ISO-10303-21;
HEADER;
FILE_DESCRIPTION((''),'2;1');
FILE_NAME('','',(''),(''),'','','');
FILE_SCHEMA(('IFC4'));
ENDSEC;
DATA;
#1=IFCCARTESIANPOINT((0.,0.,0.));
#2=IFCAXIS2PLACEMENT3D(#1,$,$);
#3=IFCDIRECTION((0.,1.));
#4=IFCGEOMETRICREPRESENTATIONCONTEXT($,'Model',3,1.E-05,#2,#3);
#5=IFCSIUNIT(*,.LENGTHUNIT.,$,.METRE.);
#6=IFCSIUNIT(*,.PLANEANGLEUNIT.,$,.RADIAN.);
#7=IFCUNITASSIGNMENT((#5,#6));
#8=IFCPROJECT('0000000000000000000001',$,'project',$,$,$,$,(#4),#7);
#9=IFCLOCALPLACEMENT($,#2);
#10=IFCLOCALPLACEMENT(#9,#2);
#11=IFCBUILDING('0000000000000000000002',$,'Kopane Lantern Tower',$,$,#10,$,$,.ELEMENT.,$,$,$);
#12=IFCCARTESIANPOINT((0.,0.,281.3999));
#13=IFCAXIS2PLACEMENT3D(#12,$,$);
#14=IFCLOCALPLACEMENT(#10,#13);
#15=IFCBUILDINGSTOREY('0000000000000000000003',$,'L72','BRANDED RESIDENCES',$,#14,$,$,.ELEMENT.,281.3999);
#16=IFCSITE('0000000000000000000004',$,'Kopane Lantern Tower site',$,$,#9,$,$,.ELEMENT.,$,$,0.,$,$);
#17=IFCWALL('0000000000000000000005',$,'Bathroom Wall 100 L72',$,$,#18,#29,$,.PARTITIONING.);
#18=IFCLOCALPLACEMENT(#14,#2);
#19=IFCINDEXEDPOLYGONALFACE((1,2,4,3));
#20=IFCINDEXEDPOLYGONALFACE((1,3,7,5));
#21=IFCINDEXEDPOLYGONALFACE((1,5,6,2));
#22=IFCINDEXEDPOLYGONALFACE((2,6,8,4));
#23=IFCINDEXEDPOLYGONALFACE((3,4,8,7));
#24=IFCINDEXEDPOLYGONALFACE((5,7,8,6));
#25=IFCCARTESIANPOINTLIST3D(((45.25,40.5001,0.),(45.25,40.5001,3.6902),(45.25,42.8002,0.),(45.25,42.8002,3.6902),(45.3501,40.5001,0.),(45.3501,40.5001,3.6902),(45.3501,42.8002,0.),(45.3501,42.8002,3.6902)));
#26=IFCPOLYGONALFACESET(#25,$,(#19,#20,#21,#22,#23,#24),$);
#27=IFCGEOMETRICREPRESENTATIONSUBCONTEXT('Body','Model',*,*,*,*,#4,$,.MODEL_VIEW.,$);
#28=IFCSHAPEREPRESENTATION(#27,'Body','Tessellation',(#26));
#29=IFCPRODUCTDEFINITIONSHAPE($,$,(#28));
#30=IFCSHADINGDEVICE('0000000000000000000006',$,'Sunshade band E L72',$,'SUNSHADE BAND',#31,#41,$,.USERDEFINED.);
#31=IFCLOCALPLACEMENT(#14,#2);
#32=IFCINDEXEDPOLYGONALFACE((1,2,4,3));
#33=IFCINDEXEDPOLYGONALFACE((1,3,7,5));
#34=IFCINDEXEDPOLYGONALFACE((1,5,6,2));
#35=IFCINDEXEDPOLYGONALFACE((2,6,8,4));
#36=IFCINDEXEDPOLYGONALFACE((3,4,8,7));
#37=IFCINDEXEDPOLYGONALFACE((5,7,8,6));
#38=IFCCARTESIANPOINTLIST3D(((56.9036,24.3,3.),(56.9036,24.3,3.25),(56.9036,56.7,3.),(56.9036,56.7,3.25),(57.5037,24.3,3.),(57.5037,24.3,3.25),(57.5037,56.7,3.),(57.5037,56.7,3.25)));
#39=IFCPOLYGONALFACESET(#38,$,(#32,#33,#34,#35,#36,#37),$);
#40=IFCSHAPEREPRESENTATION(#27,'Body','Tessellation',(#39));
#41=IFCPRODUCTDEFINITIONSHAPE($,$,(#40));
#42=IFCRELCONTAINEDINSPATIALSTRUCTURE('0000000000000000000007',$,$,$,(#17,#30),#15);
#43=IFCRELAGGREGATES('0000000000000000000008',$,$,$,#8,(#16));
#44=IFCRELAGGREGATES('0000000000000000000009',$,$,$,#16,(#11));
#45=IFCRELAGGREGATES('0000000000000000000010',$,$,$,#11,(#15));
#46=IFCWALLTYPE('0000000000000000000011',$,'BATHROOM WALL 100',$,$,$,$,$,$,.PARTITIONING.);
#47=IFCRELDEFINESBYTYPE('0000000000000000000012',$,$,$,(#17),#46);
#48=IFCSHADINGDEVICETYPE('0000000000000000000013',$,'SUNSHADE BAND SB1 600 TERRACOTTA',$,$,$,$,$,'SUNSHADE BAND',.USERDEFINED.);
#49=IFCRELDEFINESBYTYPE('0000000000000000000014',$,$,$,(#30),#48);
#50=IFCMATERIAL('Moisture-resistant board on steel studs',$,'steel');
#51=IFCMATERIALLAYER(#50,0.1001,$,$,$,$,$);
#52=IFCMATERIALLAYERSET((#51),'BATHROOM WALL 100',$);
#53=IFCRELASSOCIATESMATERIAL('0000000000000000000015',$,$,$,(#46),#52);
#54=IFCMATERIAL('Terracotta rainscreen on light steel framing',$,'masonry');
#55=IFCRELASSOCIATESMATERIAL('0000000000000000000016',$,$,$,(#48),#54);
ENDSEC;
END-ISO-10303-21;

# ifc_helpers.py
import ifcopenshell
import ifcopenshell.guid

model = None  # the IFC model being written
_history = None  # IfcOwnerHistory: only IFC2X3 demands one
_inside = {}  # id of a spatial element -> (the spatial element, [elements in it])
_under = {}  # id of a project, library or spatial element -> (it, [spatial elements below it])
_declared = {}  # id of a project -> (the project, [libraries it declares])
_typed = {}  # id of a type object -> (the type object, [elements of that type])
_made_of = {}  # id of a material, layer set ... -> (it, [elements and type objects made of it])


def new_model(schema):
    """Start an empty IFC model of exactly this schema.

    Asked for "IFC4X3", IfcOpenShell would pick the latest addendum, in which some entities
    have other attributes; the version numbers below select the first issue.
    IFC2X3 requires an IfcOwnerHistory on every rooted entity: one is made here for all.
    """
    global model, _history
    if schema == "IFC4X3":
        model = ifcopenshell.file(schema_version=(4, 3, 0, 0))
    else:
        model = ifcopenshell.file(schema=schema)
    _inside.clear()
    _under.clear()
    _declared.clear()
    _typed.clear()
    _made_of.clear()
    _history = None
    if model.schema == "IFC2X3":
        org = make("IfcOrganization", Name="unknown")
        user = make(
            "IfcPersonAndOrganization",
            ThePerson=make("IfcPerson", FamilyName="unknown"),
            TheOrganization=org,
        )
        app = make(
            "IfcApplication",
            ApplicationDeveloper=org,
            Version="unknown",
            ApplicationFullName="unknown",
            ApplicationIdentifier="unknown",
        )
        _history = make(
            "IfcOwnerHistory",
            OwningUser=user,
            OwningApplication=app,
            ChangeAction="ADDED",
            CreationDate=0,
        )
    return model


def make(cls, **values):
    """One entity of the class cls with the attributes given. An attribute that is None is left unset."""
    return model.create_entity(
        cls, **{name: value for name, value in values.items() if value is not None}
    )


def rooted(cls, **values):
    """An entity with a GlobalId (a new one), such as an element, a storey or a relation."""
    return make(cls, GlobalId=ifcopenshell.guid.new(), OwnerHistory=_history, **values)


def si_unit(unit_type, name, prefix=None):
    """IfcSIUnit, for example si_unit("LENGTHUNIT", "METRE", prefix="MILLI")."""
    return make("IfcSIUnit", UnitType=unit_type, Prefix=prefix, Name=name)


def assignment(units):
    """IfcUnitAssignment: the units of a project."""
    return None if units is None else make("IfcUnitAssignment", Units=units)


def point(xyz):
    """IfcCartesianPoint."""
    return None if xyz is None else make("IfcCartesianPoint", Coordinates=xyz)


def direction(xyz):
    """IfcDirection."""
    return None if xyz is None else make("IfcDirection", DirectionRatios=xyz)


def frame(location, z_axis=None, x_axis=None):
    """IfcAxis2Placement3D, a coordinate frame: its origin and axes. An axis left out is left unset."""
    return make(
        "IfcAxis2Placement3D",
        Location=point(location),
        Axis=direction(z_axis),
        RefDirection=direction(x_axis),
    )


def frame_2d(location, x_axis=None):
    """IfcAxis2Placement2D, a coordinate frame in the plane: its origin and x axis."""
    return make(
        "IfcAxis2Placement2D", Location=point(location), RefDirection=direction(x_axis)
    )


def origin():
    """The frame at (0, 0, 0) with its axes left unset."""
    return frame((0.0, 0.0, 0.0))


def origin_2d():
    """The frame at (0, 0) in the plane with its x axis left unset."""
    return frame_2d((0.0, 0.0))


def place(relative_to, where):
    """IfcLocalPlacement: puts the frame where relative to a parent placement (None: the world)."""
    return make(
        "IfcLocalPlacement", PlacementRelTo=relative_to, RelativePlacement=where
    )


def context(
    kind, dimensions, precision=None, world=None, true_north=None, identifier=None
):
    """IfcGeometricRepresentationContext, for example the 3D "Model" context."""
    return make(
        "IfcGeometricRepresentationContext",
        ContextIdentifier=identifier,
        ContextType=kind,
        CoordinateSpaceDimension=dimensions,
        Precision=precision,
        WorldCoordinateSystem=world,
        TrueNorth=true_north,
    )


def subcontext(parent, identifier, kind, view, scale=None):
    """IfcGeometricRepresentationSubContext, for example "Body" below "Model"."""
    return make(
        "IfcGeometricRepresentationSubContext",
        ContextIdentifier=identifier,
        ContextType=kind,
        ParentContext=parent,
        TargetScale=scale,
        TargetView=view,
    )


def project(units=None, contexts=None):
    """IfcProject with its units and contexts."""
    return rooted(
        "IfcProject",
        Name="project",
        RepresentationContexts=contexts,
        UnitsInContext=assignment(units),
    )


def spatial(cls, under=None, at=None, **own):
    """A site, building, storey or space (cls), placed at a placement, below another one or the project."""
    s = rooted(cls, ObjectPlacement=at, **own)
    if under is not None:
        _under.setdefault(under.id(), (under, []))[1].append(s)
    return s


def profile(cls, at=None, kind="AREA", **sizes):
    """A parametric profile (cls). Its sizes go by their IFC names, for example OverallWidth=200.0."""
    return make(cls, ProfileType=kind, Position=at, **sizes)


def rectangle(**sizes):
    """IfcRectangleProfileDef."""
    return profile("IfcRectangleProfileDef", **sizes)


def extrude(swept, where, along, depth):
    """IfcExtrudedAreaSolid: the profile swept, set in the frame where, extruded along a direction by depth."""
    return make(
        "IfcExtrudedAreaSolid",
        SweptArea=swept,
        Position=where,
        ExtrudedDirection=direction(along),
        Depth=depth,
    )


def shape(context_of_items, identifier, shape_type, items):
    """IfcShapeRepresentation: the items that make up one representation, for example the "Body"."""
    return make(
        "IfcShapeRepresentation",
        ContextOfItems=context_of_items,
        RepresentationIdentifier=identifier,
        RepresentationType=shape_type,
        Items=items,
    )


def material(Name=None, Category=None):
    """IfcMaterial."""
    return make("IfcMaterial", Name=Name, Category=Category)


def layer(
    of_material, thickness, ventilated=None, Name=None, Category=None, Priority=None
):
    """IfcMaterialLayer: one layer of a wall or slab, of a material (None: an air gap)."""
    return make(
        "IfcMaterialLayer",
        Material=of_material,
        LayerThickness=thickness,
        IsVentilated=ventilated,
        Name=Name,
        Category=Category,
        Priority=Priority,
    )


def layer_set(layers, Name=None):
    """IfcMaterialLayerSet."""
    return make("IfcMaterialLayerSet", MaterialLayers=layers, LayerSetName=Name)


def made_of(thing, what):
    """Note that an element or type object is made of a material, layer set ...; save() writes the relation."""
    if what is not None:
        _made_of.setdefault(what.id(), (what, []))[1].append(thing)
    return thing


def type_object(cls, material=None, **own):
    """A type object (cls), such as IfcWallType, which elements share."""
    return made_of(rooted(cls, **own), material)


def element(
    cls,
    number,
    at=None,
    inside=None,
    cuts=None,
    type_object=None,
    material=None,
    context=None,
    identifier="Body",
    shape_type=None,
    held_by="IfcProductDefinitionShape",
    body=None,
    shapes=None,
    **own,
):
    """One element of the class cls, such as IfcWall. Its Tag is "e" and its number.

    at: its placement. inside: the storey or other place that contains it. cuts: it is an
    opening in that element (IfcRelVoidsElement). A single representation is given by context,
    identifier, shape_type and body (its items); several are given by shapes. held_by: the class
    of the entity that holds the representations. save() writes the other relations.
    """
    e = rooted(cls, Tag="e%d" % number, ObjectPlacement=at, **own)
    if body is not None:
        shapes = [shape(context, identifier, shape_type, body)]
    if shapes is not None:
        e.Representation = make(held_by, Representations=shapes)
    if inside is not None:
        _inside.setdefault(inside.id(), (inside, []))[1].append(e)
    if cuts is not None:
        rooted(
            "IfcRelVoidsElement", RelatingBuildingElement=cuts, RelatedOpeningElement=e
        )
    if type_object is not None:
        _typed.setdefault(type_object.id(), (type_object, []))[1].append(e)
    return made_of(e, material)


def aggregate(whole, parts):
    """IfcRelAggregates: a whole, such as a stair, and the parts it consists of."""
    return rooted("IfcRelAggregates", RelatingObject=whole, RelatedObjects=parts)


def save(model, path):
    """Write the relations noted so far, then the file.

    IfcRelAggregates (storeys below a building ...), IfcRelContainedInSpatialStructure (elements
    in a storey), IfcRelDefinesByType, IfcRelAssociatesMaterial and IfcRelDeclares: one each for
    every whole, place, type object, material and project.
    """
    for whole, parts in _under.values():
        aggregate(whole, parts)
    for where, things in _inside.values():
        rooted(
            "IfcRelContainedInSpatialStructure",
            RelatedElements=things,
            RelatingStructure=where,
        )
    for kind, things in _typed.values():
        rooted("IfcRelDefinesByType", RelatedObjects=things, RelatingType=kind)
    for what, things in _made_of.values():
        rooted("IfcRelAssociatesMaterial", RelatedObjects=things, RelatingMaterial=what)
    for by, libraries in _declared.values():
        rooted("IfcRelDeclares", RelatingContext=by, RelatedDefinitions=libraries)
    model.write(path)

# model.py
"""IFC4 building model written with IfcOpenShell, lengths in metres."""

from ifc_helpers import new_model, si_unit, direction, frame, frame_2d, origin, origin_2d, place, context, subcontext, project, spatial, rectangle, extrude, material, layer, layer_set, type_object, element, save


model = new_model("IFC4")

# Units and contexts
model_context = context("Model", 3, precision=1e-05, world=origin(), true_north=direction((0.0, 1.0)))
body_context = subcontext(model_context, "Body", "Model", "MODEL_VIEW")
ifc_project = project(units=[si_unit("LENGTHUNIT", "METRE"), si_unit("PLANEANGLEUNIT", "RADIAN")], contexts=[model_context])

# Site, building, storey
site_placement = place(None, origin())
site = spatial("IfcSite", under=ifc_project, at=site_placement, Name="Kopane Lantern Tower site", CompositionType="ELEMENT", RefElevation=0.0)
building_placement = place(site_placement, origin())
building = spatial("IfcBuilding", under=site, at=building_placement, Name="Kopane Lantern Tower", CompositionType="ELEMENT")
storey_placement = place(building_placement, frame((0.0, 0.0, 281.3999)))
storey = spatial("IfcBuildingStorey", under=building, at=storey_placement, Name="L72", Description="BRANDED RESIDENCES", CompositionType="ELEMENT", Elevation=281.3999)

# Shared definitions
ifc_material_1 = material(Name="Moisture-resistant board on steel studs", Category="steel")
ifc_layer_1 = layer(ifc_material_1, 0.1001)
ifc_layer_set_1 = layer_set([ifc_layer_1], Name="BATHROOM WALL 100")
wall_type_1 = type_object("IfcWallType", Name="BATHROOM WALL 100", PredefinedType="PARTITIONING", material=ifc_layer_set_1)

# Wall
wall_1_placement = place(storey_placement, frame((45.3, 42.8, 0.0), z_axis=(0.0, 0.0, 1.0), x_axis=(0.0, -1.0, 0.0)))
element("IfcWall", 1, at=wall_1_placement, inside=storey, type_object=wall_type_1, Name="Bathroom Wall 100 L72", PredefinedType="PARTITIONING", context=body_context, shape_type="SweptSolid", body=[
    extrude(rectangle(XDim=2.3, YDim=0.1001, at=frame_2d((1.1499, 0.0))), origin(), (0.0, 0.0, 1.0), 3.6902),
])

# Shading device
ifc_material_2 = material(Name="Terracotta rainscreen on light steel framing", Category="masonry")
shading_device_type = type_object("IfcShadingDeviceType", Name="SUNSHADE BAND SB1 600 TERRACOTTA", ElementType="SUNSHADE BAND", PredefinedType="USERDEFINED", material=ifc_material_2)
shading_device_placement = place(storey_placement, frame((57.2036, 40.5, 3.0), z_axis=(0.0, 0.0, 1.0), x_axis=(0.0, 1.0, 0.0)))
element("IfcShadingDevice", 2, at=shading_device_placement, inside=storey, type_object=shading_device_type, Name="Sunshade band E L72", ObjectType="SUNSHADE BAND", PredefinedType="USERDEFINED", context=body_context, shape_type="SweptSolid", body=[
    extrude(rectangle(XDim=32.3999, YDim=0.6001, at=origin_2d()), origin(), (0.0, 0.0, 1.0), 0.25),
])

save(model, "model.ifc")
